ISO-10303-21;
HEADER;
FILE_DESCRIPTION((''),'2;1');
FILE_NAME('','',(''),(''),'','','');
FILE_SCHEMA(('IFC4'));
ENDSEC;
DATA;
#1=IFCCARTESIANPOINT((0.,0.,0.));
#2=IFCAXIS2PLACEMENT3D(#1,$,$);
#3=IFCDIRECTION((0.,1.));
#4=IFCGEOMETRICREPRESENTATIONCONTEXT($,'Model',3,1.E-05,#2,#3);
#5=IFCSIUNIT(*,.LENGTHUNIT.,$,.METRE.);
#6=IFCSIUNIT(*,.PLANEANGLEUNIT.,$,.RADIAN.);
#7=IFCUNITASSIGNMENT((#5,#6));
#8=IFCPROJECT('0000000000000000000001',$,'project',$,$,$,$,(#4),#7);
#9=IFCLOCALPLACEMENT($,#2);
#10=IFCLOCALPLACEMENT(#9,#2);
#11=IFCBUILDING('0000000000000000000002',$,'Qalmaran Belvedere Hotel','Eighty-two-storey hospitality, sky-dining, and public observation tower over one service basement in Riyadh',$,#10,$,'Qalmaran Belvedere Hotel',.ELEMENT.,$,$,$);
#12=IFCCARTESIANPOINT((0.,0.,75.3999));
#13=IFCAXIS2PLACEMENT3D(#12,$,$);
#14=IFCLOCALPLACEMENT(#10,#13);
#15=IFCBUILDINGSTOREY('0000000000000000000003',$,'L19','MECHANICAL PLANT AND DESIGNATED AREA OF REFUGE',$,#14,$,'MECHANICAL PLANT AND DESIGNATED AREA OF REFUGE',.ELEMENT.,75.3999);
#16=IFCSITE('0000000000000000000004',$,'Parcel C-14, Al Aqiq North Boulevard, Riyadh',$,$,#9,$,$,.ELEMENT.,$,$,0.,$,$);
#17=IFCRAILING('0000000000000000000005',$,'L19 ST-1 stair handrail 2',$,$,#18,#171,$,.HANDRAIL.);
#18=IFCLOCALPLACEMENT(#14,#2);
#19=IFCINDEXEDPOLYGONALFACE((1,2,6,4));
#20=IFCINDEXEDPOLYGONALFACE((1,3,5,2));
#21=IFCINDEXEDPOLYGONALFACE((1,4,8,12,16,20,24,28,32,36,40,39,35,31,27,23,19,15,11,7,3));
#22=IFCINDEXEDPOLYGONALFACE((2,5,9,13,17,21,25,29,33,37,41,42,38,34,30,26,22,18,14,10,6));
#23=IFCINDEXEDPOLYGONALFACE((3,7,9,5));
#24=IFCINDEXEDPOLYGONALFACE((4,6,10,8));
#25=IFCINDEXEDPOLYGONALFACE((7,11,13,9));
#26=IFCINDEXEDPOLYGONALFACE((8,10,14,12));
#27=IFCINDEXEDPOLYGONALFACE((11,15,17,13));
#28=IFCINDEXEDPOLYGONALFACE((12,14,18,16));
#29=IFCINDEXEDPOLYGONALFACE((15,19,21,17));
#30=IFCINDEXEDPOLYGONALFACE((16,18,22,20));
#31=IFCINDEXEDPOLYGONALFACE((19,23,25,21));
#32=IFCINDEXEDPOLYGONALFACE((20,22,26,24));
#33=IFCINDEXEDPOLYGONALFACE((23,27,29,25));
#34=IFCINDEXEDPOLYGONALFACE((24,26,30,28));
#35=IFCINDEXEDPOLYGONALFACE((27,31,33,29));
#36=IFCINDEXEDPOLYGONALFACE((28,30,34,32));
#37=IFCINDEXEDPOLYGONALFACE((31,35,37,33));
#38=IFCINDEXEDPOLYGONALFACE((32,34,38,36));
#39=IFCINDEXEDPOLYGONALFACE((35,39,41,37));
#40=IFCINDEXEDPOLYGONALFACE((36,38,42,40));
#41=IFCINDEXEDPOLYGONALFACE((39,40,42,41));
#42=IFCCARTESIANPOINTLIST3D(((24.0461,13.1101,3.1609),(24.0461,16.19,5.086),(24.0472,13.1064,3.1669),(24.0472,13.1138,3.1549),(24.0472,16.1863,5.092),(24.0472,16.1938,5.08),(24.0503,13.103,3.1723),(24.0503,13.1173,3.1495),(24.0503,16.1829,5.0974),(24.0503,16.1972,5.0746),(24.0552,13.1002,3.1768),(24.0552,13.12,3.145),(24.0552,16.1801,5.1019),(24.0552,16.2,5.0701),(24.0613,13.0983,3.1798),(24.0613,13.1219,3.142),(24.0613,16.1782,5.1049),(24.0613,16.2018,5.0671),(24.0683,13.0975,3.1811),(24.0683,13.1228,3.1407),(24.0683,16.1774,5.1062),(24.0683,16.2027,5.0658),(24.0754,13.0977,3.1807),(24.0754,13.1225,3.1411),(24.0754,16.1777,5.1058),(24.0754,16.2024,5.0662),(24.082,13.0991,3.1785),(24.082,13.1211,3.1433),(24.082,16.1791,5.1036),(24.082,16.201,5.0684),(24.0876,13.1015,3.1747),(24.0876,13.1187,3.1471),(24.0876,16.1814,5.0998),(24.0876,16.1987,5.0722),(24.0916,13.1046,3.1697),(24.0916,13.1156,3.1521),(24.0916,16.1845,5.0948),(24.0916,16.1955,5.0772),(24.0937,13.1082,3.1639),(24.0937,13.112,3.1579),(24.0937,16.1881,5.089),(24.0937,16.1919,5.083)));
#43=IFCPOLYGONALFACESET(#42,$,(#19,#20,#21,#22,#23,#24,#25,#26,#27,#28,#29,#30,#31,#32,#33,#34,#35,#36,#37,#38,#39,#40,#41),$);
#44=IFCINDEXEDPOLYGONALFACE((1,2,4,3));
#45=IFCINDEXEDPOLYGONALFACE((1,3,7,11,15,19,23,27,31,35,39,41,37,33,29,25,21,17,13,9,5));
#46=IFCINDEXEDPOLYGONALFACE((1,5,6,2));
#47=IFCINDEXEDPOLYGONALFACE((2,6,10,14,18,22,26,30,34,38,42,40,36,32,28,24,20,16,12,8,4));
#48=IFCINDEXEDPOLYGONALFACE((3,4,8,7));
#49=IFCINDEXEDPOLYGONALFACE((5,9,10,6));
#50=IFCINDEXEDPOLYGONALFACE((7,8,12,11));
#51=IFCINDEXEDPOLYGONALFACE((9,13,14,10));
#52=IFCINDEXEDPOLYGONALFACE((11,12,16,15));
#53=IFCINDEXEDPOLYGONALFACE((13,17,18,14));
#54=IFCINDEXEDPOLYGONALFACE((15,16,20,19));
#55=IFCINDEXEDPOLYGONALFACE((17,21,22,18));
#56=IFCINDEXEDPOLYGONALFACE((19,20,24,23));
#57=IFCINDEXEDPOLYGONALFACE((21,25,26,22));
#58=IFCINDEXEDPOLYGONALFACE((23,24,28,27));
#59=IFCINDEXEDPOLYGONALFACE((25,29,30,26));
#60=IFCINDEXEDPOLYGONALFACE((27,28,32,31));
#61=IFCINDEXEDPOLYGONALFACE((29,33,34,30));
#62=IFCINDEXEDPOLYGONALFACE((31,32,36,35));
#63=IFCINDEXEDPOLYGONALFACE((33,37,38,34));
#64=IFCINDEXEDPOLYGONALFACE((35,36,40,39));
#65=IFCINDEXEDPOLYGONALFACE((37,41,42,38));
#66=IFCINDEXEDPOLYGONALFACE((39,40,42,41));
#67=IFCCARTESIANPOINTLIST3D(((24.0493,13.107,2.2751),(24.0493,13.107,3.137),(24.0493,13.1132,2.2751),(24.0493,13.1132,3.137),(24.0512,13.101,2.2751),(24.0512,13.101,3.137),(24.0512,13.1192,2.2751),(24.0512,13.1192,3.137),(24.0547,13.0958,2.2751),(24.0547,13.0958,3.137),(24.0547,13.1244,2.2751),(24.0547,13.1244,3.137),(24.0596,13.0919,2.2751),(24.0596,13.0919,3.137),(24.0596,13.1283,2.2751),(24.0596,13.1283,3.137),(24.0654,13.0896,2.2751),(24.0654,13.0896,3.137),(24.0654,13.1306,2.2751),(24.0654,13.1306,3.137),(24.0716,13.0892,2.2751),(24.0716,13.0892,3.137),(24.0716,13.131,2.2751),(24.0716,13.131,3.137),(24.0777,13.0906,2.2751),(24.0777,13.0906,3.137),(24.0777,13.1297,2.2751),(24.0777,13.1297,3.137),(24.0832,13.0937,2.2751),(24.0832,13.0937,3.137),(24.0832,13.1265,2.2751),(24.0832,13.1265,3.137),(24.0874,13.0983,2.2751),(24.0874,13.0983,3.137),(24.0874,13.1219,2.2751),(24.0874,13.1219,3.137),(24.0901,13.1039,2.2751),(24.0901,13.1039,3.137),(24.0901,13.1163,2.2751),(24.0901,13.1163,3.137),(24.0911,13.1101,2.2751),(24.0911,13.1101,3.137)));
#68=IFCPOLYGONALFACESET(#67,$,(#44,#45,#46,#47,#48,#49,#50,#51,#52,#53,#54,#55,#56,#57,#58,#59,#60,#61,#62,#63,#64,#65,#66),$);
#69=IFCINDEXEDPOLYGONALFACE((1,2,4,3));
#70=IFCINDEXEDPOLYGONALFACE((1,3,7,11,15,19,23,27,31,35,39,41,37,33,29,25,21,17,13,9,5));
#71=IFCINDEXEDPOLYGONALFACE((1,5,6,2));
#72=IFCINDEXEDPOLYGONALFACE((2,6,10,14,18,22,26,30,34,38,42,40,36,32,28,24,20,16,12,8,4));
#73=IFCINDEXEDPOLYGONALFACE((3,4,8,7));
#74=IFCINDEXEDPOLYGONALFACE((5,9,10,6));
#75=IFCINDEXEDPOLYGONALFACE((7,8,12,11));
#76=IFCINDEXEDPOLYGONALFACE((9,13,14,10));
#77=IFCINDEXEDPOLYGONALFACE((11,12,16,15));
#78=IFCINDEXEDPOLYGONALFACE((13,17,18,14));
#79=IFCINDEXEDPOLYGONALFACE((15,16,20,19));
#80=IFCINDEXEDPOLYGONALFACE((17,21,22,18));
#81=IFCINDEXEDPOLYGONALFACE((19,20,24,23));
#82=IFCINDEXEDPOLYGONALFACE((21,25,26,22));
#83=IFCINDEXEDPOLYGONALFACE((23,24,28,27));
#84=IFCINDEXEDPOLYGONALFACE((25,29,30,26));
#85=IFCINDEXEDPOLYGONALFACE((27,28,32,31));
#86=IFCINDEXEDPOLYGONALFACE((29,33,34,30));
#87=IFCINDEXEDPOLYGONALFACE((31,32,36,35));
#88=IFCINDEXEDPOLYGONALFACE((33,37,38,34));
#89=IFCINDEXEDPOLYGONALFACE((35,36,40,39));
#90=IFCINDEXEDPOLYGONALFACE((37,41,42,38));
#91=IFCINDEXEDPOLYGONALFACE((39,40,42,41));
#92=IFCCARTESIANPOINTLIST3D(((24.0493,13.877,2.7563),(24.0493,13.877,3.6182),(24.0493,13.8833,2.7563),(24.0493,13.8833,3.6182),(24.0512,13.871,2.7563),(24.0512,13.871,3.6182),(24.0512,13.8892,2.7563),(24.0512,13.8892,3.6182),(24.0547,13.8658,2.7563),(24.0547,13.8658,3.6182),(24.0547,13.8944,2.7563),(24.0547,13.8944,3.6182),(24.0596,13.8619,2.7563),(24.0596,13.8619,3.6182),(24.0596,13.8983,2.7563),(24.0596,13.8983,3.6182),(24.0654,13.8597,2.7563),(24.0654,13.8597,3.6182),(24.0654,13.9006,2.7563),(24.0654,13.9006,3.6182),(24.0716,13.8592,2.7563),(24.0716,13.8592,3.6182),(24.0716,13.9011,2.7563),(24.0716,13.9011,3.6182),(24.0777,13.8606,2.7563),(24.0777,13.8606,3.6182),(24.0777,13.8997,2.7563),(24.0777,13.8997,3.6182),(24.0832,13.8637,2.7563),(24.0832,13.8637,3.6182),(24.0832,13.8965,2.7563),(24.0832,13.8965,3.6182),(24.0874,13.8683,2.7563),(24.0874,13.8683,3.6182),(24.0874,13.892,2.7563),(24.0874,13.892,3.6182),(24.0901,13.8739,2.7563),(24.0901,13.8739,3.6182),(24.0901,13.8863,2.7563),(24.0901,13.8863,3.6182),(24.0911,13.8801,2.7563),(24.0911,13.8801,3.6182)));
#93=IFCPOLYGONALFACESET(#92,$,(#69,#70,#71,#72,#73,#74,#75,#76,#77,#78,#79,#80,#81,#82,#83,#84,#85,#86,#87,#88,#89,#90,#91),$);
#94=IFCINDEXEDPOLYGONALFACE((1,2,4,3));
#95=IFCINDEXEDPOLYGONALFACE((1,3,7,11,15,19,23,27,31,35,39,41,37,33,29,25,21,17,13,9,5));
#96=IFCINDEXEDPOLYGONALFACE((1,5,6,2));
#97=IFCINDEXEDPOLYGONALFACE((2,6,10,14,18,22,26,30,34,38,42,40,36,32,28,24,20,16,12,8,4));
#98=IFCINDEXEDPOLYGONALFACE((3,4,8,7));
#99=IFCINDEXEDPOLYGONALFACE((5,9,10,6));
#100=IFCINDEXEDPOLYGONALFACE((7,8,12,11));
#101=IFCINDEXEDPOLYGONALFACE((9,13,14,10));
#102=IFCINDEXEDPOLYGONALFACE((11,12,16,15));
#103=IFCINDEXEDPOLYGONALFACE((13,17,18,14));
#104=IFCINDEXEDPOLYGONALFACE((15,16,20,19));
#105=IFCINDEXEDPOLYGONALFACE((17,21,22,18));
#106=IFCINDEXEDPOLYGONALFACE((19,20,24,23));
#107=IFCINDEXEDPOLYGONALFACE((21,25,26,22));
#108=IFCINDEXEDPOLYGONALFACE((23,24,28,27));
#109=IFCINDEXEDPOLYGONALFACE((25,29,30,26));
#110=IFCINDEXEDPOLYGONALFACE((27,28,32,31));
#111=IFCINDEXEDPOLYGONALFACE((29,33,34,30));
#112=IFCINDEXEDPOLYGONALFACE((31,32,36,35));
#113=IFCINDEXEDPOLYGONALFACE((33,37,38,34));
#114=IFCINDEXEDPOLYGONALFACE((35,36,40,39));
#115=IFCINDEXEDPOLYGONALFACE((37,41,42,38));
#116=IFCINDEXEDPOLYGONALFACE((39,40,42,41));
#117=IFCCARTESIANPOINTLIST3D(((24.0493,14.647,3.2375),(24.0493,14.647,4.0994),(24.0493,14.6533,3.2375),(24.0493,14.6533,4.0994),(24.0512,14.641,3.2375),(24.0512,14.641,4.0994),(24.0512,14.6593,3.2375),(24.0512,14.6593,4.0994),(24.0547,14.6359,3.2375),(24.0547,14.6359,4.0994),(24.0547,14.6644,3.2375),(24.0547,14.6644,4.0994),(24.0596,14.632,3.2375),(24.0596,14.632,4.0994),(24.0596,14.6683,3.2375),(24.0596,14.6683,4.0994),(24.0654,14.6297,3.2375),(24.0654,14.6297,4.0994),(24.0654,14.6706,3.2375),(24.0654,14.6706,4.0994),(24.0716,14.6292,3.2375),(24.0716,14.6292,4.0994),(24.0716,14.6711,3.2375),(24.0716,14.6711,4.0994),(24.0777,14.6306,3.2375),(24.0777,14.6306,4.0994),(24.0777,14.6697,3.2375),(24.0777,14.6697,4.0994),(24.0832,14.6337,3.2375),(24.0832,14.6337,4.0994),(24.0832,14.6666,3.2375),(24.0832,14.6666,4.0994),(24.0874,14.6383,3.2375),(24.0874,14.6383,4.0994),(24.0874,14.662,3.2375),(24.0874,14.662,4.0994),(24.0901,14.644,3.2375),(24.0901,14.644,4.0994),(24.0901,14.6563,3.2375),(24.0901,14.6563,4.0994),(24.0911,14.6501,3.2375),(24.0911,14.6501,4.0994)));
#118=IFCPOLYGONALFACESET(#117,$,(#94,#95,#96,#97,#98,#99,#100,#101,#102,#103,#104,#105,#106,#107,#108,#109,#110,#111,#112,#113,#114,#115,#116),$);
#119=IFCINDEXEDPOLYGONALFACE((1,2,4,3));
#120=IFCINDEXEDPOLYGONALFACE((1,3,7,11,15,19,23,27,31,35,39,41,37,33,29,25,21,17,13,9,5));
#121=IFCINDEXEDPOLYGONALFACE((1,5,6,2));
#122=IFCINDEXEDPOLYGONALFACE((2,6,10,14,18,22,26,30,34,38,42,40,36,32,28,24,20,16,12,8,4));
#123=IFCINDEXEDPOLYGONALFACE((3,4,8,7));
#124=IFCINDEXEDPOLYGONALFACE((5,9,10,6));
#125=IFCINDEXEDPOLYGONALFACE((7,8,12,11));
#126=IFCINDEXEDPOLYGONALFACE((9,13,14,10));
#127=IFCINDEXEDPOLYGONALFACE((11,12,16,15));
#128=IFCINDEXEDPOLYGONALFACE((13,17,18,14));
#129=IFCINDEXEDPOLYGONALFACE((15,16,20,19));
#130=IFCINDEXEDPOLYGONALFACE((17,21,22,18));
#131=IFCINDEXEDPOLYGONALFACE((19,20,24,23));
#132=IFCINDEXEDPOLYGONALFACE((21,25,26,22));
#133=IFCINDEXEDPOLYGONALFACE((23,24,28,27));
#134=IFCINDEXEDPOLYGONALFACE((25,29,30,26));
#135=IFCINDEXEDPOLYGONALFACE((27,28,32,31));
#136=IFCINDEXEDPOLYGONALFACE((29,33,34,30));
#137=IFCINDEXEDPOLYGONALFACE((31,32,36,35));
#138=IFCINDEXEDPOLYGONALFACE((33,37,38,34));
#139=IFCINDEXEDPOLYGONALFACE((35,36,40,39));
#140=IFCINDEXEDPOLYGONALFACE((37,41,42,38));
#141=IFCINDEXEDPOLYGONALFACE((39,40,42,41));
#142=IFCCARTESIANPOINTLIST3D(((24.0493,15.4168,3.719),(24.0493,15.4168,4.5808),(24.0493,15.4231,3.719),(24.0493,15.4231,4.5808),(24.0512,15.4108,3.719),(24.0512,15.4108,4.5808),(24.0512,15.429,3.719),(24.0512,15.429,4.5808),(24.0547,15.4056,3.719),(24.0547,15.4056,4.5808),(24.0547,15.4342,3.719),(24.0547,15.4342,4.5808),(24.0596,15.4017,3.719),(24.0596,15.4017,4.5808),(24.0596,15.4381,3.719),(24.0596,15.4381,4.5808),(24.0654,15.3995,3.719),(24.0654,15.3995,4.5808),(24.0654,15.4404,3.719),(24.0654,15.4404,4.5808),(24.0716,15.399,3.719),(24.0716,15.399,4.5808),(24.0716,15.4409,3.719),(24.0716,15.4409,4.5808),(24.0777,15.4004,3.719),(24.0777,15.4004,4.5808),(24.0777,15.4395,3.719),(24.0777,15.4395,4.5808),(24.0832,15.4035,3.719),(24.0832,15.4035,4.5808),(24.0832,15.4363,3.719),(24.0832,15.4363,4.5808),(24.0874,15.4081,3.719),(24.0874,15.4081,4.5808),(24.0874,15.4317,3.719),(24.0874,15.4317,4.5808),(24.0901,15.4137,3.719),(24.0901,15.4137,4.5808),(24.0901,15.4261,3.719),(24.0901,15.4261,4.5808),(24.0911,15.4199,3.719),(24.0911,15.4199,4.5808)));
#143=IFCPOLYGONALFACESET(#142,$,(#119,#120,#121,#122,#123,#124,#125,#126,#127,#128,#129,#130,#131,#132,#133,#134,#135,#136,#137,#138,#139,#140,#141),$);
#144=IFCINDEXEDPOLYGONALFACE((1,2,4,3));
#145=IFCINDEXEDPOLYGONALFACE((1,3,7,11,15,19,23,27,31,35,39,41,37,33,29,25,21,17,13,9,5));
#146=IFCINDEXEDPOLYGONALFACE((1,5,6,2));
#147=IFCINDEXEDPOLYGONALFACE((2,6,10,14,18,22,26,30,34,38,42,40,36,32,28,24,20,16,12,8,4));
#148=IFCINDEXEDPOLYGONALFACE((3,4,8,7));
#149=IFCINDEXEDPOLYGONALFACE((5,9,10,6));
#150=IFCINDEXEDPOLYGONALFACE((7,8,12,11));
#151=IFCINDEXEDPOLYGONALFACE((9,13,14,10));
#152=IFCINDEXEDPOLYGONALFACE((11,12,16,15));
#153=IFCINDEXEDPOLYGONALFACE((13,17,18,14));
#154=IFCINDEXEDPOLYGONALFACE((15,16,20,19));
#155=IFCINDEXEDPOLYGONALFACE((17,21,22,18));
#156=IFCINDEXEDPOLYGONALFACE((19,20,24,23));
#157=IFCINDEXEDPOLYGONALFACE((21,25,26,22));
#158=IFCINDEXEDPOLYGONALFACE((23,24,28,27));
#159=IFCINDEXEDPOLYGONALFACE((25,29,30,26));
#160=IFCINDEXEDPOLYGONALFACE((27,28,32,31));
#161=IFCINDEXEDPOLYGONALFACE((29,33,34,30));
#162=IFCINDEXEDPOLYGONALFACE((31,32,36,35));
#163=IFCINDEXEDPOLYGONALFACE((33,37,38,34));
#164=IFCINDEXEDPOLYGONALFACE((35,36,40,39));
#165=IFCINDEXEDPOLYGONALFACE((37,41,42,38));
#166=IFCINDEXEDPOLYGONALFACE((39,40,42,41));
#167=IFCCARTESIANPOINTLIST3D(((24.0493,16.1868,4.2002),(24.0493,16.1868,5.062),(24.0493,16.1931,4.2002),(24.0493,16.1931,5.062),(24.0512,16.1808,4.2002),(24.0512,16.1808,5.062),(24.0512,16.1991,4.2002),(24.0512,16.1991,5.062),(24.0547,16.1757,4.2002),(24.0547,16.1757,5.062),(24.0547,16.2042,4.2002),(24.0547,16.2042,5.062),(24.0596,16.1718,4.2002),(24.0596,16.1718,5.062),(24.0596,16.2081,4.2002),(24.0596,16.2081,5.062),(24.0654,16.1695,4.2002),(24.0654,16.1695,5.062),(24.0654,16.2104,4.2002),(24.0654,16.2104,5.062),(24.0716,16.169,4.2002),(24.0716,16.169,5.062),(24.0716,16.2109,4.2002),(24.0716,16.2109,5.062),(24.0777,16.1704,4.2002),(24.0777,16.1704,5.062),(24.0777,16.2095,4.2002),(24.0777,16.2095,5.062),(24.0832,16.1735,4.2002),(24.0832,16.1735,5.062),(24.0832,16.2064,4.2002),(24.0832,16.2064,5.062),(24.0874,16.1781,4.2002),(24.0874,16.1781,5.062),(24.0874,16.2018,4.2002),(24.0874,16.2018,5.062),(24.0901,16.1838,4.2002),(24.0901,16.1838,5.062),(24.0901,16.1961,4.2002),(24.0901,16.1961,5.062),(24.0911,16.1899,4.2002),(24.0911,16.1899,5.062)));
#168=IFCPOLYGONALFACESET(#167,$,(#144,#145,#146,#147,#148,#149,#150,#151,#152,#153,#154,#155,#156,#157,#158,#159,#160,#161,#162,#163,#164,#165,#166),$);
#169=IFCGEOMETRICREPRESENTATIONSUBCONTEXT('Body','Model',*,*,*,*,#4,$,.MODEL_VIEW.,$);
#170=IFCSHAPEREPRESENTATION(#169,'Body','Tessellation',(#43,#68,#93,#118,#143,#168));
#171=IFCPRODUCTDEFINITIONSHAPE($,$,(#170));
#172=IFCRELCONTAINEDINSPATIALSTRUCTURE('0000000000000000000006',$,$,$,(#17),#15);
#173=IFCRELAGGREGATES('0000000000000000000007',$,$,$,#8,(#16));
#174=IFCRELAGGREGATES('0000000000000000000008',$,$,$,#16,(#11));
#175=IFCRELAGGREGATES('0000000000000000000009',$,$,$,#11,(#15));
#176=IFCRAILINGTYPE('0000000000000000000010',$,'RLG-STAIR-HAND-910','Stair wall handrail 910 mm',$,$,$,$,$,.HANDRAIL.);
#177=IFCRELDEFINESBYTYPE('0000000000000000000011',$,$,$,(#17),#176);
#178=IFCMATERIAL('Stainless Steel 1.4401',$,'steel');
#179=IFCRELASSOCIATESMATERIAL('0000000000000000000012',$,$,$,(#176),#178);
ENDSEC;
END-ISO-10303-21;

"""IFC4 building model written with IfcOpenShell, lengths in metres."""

from ifc_helpers import new_model, si_unit, direction, frame, origin, origin_2d, place, context, subcontext, project, spatial, circle, extrude, material, type_object, element, save


model = new_model("IFC4")

# Units and contexts
model_context = context("Model", 3, precision=1e-05, world=origin(), true_north=direction((0.0, 1.0)))
body_context = subcontext(model_context, "Body", "Model", "MODEL_VIEW")
ifc_project = project(units=[si_unit("LENGTHUNIT", "METRE"), si_unit("PLANEANGLEUNIT", "RADIAN")], contexts=[model_context])

# Site, building, storey
site_placement = place(None, origin())
site = spatial("IfcSite", under=ifc_project, at=site_placement, Name="Parcel C-14, Al Aqiq North Boulevard, Riyadh", CompositionType="ELEMENT", RefElevation=0.0)
building_placement = place(site_placement, origin())
building = spatial("IfcBuilding", under=site, at=building_placement, Name="Qalmaran Belvedere Hotel", Description="Eighty-two-storey hospitality, sky-dining, and public observation tower over one service basement in Riyadh", LongName="Qalmaran Belvedere Hotel", CompositionType="ELEMENT")
storey_placement = place(building_placement, frame((0.0, 0.0, 75.3999)))
storey = spatial("IfcBuildingStorey", under=building, at=storey_placement, Name="L19", Description="MECHANICAL PLANT AND DESIGNATED AREA OF REFUGE", LongName="MECHANICAL PLANT AND DESIGNATED AREA OF REFUGE", CompositionType="ELEMENT", Elevation=75.3999)

# Railing
ifc_material_1 = material(Name="Stainless Steel 1.4401", Category="steel")
railing_type_1 = type_object("IfcRailingType", Name="RLG-STAIR-HAND-910", Description="Stair wall handrail 910 mm", PredefinedType="HANDRAIL", material=ifc_material_1)
railing_1_placement = place(storey_placement, frame((24.0701, 13.1101, 2.2751)))
element("IfcRailing", 1, at=railing_1_placement, inside=storey, type_object=railing_type_1, Name="L19 ST-1 stair handrail 2", PredefinedType="HANDRAIL", context=body_context, shape_type="SweptSolid", body=[
    extrude(circle(Radius=0.0239, at=origin_2d()), frame((0.0, 0.0, 0.8857), z_axis=(0.0, 0.847979, 0.530029), x_axis=(-1.0, 0.0, 0.0)), (0.0, 0.0, 1.0), 3.6321),
    extrude(circle(Radius=0.021, at=origin_2d()), origin(), (0.0, 0.0, 1.0), 0.8618),
    extrude(circle(Radius=0.021, at=origin_2d()), frame((0.0, 0.77, 0.4812)), (0.0, 0.0, 1.0), 0.8618),
    extrude(circle(Radius=0.021, at=origin_2d()), frame((0.0, 1.54, 0.9624)), (0.0, 0.0, 1.0), 0.8618),
    extrude(circle(Radius=0.021, at=origin_2d()), frame((0.0, 2.3098, 1.4438)), (0.0, 0.0, 1.0), 0.8618),
    extrude(circle(Radius=0.021, at=origin_2d()), frame((0.0, 3.0798, 1.925)), (0.0, 0.0, 1.0), 0.8618),
])

save(model, "model.ifc")
